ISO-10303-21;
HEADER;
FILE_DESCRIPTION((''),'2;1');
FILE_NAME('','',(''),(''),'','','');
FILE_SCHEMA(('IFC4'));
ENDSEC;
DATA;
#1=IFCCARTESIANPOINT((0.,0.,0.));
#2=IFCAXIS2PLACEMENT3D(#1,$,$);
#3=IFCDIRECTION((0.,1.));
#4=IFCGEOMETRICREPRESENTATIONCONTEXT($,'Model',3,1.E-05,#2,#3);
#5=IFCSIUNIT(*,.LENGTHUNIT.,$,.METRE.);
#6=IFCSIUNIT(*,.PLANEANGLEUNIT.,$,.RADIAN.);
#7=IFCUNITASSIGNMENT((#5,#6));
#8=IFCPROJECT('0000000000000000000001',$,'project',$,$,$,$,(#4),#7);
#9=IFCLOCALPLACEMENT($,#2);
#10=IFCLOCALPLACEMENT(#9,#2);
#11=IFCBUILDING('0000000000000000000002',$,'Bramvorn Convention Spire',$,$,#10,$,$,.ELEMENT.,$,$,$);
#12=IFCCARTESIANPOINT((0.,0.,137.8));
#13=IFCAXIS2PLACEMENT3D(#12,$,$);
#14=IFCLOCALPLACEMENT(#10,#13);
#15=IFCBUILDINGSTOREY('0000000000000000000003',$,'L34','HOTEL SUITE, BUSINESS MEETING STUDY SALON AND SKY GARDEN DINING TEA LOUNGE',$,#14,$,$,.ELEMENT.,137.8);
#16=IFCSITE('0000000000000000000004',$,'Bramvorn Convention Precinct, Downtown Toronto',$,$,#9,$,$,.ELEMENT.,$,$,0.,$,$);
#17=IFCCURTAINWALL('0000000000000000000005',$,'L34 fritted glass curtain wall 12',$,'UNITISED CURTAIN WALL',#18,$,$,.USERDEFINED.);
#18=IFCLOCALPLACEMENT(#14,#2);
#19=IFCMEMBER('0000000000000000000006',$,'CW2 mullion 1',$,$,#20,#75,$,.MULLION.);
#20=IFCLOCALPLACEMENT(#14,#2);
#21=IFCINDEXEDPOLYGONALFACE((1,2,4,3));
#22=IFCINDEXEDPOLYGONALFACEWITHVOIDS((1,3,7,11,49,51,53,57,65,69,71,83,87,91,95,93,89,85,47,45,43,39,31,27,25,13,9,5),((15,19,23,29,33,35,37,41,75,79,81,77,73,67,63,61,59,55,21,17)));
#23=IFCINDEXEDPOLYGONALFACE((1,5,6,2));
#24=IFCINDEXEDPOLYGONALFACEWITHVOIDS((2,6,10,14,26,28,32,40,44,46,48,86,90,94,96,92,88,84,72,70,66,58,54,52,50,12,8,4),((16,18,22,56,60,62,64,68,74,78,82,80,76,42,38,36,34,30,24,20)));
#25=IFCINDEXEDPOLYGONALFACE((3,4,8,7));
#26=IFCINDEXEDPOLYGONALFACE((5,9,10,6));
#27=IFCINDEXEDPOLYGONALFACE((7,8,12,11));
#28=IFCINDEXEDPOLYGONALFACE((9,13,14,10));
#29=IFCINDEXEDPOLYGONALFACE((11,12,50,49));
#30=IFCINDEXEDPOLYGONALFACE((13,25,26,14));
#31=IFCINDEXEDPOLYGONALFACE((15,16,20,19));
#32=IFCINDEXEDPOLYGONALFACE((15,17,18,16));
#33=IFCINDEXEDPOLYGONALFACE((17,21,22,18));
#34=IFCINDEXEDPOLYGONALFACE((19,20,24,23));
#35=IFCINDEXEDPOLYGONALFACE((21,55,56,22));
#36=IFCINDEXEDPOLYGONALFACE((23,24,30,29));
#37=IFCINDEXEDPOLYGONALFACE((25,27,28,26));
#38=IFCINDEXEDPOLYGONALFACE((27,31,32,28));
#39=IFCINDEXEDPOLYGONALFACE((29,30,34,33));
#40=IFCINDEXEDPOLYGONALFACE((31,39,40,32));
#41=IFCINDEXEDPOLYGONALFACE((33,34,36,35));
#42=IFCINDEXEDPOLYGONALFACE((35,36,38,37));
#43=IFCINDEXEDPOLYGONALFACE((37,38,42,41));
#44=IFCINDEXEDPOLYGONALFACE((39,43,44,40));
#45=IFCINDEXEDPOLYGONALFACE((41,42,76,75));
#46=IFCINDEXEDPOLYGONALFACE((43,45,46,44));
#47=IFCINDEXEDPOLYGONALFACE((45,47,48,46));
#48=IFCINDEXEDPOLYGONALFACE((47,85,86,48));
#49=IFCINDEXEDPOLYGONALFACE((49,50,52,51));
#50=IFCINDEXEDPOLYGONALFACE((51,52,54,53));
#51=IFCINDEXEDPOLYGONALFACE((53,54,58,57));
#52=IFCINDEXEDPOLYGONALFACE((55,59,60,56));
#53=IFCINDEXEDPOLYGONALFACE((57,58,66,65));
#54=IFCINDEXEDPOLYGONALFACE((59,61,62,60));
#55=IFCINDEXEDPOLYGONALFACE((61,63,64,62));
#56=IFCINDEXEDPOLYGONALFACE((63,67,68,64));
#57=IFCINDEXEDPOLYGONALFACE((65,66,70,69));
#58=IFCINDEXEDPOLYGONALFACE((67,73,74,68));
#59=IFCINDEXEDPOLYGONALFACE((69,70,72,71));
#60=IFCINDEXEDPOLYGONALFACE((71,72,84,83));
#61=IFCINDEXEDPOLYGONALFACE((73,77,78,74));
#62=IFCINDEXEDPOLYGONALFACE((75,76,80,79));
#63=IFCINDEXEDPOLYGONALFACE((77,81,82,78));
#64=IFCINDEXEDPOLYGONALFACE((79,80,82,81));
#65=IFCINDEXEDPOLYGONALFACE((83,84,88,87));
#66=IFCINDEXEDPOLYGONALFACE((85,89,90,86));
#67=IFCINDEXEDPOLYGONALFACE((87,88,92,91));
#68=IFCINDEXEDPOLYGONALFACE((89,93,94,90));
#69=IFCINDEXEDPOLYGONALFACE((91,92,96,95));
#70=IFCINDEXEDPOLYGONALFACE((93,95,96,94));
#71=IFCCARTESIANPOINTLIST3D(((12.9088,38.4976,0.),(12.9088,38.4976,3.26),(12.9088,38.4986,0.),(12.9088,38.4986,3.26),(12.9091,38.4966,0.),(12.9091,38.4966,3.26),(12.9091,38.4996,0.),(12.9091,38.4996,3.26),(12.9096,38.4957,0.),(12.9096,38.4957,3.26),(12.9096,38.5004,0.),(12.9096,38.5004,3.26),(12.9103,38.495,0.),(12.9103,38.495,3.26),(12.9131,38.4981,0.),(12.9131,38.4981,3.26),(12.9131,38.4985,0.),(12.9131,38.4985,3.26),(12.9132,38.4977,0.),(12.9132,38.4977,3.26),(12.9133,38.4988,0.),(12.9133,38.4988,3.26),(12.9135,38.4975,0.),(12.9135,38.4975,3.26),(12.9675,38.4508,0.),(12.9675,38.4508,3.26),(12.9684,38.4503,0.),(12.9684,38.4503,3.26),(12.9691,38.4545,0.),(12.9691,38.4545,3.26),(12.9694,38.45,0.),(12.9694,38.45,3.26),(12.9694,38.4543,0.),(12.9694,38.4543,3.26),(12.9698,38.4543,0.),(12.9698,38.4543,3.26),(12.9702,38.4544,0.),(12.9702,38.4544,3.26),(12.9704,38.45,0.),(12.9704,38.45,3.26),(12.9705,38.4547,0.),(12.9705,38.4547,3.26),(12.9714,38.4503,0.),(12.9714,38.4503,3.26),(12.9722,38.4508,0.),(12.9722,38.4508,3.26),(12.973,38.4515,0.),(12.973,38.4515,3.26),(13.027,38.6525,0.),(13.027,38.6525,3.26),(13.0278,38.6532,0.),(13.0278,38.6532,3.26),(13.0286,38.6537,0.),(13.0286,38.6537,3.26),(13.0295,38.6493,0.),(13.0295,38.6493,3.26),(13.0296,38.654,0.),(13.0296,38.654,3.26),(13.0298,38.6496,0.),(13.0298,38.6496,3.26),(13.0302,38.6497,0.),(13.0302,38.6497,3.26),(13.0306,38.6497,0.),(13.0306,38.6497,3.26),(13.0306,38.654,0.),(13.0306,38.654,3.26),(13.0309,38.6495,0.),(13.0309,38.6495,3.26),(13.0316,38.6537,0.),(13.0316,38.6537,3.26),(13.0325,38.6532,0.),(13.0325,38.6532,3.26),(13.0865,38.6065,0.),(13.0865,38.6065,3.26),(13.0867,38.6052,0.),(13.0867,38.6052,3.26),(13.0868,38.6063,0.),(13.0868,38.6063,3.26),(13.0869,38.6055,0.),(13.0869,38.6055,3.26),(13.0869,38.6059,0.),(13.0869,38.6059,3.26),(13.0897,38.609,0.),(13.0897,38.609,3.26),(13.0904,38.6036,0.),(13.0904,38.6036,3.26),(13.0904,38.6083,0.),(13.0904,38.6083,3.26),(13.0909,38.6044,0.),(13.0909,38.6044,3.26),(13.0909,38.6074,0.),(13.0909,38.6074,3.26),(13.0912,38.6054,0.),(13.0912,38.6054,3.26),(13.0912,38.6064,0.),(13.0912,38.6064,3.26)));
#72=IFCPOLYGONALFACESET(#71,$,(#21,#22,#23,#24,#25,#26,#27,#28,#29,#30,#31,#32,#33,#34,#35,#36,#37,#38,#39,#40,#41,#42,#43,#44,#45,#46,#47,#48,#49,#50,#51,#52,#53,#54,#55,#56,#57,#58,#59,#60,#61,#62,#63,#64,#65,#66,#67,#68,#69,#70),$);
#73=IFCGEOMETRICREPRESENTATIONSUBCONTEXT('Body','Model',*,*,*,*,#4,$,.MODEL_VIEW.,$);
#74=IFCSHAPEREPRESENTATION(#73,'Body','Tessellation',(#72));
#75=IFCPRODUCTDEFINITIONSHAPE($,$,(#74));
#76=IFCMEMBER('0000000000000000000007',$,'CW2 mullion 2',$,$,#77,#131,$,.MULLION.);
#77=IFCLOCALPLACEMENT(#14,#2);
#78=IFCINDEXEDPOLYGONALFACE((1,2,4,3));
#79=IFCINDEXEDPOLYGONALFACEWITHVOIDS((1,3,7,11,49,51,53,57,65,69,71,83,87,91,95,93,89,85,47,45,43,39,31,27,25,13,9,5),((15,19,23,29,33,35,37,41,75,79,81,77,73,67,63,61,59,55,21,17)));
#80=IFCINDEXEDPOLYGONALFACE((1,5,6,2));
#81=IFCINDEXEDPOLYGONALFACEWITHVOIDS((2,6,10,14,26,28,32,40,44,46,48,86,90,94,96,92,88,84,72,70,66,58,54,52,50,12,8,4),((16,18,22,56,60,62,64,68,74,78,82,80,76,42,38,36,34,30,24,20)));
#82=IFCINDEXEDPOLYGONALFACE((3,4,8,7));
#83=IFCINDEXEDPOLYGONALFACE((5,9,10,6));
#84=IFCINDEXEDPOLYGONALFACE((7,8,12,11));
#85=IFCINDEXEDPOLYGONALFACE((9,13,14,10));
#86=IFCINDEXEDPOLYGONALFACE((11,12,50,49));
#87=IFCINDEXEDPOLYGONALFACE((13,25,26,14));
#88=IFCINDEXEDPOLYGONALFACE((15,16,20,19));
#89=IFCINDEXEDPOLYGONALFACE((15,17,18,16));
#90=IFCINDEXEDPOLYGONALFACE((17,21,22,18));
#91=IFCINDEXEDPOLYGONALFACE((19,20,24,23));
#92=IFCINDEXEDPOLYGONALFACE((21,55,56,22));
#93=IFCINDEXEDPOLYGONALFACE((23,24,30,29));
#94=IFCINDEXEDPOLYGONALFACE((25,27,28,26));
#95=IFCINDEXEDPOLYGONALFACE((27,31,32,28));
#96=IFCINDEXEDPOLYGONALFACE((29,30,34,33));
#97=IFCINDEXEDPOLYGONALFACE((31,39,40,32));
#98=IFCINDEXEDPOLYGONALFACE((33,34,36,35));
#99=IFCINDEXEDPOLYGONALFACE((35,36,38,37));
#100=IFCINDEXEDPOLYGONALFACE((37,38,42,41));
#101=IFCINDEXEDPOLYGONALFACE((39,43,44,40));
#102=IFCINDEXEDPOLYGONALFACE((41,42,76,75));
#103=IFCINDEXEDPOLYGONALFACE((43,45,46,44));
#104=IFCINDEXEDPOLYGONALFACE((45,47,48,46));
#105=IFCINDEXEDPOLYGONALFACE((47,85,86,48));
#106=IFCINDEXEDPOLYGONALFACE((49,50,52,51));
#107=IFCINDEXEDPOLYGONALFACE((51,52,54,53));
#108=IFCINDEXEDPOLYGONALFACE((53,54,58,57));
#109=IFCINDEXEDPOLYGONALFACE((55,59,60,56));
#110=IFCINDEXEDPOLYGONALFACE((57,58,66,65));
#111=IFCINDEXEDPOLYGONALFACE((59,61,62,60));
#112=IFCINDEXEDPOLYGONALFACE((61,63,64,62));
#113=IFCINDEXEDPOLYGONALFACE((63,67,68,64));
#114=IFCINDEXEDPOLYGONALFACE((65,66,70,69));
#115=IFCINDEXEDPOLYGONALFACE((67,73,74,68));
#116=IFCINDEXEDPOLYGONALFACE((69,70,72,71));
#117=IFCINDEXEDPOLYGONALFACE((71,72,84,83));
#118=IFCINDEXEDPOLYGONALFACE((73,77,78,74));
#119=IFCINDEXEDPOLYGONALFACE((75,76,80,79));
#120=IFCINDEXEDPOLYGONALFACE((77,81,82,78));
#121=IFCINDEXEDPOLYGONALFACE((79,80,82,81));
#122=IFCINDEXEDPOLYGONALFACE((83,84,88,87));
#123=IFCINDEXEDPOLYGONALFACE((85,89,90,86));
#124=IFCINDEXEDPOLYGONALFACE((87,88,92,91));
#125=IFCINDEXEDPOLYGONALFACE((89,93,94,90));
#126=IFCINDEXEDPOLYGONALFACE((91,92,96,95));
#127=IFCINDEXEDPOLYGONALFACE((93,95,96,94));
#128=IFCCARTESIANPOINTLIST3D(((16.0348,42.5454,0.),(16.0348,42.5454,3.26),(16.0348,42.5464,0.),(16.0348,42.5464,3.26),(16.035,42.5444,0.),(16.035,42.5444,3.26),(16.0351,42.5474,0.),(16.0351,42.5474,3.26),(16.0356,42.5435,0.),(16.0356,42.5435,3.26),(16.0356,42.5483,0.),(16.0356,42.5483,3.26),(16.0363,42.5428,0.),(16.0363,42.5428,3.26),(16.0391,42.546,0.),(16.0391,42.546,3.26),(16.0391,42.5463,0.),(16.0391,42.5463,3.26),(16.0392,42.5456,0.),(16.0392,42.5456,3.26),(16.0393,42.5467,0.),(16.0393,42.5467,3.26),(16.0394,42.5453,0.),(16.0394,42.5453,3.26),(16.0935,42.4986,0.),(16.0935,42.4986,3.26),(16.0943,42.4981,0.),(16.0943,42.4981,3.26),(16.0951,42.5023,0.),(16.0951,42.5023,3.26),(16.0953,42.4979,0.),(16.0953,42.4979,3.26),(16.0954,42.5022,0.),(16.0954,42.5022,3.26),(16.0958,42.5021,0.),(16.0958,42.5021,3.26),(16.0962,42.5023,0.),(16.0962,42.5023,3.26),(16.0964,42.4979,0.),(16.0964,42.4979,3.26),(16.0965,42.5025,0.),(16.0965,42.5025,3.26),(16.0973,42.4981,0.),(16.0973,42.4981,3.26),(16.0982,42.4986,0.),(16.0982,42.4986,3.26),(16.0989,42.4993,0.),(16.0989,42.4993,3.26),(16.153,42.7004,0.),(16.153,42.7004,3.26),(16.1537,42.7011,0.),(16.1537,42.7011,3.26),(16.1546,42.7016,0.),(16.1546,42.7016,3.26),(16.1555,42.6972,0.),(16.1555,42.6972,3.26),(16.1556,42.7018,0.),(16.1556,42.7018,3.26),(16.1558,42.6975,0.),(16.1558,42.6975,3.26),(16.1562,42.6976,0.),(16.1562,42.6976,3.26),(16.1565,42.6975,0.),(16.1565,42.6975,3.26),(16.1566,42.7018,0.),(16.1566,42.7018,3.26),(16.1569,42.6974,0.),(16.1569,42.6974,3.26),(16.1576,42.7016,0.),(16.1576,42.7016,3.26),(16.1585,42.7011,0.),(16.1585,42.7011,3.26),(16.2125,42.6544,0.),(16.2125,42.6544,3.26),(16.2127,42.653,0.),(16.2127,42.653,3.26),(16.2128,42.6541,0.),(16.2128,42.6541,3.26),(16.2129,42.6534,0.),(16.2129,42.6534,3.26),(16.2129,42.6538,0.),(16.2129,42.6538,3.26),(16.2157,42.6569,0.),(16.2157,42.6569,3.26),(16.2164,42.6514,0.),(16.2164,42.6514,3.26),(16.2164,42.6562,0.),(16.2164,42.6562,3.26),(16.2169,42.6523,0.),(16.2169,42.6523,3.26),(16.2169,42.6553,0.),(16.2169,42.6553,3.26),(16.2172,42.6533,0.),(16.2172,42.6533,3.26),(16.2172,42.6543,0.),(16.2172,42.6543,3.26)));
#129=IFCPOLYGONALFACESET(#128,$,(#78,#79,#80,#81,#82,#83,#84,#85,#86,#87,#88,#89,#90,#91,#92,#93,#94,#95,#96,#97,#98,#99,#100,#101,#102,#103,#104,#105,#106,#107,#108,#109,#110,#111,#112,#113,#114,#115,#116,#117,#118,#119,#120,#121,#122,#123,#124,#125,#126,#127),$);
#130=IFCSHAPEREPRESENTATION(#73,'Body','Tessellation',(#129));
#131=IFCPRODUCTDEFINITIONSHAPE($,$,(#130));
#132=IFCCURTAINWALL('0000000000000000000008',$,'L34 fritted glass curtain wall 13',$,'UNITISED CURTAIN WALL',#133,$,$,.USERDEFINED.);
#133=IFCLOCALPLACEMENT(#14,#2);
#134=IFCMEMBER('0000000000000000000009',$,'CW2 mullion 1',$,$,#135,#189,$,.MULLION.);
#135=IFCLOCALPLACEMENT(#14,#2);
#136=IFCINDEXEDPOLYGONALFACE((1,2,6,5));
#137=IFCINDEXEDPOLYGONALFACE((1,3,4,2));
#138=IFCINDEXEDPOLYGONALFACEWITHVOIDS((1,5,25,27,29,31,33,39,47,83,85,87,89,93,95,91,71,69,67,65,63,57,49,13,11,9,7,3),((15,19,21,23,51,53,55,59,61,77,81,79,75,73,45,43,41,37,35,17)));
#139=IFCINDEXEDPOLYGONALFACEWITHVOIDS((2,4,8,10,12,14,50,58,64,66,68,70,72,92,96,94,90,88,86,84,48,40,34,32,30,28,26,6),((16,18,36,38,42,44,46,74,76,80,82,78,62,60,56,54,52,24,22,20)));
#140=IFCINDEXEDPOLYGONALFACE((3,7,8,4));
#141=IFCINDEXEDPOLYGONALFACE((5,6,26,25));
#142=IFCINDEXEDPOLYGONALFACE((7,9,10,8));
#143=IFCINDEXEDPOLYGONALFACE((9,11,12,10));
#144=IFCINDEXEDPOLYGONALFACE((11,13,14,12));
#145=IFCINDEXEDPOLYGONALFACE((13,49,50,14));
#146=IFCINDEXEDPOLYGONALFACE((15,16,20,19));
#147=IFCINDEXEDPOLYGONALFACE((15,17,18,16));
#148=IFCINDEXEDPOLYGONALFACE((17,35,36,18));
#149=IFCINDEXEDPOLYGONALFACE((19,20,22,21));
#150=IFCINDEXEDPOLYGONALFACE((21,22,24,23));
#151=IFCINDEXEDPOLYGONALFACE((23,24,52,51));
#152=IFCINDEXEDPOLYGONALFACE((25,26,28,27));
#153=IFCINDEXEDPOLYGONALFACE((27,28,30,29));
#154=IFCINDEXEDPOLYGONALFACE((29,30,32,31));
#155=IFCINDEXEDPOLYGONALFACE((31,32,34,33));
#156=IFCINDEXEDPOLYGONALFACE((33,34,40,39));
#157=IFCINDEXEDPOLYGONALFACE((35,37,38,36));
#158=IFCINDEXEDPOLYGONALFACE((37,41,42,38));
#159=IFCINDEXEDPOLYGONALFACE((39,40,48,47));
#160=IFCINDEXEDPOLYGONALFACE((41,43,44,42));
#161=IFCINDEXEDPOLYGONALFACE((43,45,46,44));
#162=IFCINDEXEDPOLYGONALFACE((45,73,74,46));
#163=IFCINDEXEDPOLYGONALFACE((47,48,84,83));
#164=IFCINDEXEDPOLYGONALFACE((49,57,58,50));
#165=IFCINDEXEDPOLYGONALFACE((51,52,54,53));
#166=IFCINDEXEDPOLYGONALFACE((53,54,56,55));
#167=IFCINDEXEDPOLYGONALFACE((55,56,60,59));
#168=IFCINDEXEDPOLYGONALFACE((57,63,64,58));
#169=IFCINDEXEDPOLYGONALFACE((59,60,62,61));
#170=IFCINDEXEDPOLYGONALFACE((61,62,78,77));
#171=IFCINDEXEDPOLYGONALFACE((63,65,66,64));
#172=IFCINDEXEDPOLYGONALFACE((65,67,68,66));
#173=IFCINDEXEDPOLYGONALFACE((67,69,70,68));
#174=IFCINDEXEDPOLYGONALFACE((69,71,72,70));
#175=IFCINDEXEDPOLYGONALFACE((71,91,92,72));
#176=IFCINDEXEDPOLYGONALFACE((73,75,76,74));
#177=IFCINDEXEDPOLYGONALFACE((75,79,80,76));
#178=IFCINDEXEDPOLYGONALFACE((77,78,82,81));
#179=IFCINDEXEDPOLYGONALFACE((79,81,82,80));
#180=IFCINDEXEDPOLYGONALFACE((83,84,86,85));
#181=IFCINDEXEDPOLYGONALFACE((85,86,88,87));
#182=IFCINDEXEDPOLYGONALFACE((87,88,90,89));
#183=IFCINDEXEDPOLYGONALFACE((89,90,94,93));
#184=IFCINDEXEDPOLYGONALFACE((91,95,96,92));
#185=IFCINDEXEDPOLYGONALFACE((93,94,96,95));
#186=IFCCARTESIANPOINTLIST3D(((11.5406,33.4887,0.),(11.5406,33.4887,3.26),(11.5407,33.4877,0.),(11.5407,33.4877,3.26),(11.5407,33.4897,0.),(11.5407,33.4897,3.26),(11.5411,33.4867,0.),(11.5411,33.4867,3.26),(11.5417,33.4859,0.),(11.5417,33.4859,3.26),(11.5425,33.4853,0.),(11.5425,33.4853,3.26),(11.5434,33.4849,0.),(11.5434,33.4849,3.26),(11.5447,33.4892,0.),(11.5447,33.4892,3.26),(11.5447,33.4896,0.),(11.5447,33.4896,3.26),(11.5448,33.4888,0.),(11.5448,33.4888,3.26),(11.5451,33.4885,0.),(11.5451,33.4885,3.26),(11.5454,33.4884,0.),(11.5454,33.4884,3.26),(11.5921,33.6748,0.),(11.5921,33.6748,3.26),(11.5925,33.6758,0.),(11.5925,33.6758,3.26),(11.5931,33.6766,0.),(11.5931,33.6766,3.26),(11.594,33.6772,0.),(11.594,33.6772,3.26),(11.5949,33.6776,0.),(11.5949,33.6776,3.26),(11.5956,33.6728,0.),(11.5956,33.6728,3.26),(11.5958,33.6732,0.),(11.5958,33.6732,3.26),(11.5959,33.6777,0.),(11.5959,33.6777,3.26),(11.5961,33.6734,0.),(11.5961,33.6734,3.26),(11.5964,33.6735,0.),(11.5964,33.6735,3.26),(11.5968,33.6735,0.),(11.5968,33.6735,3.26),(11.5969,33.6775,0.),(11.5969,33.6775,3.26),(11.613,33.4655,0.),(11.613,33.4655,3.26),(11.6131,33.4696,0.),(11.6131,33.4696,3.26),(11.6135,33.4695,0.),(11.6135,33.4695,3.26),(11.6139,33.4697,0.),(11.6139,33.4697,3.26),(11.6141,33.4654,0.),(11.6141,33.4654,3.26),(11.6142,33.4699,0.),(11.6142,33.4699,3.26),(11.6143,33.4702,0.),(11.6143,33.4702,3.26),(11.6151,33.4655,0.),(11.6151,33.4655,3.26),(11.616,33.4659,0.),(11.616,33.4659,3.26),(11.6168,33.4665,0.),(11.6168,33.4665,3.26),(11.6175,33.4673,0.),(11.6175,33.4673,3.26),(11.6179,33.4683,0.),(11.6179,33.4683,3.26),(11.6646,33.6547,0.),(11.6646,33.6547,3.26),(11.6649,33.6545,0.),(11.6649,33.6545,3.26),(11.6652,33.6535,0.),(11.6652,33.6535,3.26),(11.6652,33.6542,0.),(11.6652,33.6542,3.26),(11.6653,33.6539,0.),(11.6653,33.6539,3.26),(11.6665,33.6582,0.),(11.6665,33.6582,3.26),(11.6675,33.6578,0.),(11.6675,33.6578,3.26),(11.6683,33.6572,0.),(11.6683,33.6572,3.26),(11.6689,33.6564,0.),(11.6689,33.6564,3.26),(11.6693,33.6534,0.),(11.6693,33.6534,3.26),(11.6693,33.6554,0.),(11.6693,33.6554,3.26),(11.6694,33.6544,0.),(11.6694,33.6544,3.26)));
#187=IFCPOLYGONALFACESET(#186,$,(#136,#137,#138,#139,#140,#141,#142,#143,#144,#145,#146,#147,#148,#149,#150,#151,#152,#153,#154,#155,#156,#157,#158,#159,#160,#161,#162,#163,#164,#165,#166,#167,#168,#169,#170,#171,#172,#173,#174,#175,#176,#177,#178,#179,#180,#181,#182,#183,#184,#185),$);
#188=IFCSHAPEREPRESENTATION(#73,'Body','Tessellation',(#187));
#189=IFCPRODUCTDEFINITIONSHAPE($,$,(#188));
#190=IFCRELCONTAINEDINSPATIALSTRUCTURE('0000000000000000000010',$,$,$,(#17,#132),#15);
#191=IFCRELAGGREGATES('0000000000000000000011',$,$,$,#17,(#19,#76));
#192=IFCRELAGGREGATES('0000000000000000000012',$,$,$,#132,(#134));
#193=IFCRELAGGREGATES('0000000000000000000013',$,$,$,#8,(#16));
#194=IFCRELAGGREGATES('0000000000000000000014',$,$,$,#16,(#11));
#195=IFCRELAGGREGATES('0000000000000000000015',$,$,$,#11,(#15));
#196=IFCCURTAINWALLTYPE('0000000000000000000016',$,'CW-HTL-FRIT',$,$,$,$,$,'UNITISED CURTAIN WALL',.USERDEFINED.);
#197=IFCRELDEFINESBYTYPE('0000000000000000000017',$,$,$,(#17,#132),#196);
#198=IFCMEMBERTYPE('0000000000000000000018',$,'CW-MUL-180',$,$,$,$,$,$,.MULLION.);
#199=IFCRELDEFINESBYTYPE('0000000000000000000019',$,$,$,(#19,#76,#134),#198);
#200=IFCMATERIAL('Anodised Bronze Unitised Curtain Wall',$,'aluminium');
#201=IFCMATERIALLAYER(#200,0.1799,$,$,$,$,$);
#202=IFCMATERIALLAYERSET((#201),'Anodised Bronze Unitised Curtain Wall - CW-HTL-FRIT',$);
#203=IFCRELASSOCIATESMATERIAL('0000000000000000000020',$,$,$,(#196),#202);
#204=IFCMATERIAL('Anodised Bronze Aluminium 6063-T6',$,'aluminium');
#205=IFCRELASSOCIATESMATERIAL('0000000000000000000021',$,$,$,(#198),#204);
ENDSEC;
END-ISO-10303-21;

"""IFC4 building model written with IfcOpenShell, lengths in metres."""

from ifc_helpers import new_model, si_unit, direction, frame, origin, origin_2d, place, context, subcontext, project, spatial, hollow_rectangle, extrude, material, layer, layer_set, material_profile, profile_set, type_object, element, aggregate, save


model = new_model("IFC4")

# Units and contexts
model_context = context("Model", 3, precision=1e-05, world=origin(), true_north=direction((0.0, 1.0)))
body_context = subcontext(model_context, "Body", "Model", "MODEL_VIEW")
ifc_project = project(units=[si_unit("LENGTHUNIT", "METRE"), si_unit("PLANEANGLEUNIT", "RADIAN")], contexts=[model_context])

# Site, building, storey
site_placement = place(None, origin())
site = spatial("IfcSite", under=ifc_project, at=site_placement, Name="Bramvorn Convention Precinct, Downtown Toronto", CompositionType="ELEMENT", RefElevation=0.0)
building_placement = place(site_placement, origin())
building = spatial("IfcBuilding", under=site, at=building_placement, Name="Bramvorn Convention Spire", CompositionType="ELEMENT")
storey_placement = place(building_placement, frame((0.0, 0.0, 137.8)))
storey = spatial("IfcBuildingStorey", under=building, at=storey_placement, Name="L34", Description="HOTEL SUITE, BUSINESS MEETING STUDY SALON AND SKY GARDEN DINING TEA LOUNGE", CompositionType="ELEMENT", Elevation=137.8)

# Curtain walls, members
ifc_material_1 = material(Name="Anodised Bronze Unitised Curtain Wall", Category="aluminium")
ifc_layer_1 = layer(ifc_material_1, 0.1799)
ifc_layer_set_1 = layer_set([ifc_layer_1], Name="Anodised Bronze Unitised Curtain Wall - CW-HTL-FRIT")
curtain_wall_type_1 = type_object("IfcCurtainWallType", Name="CW-HTL-FRIT", ElementType="UNITISED CURTAIN WALL", PredefinedType="USERDEFINED", material=ifc_layer_set_1)
curtain_wall_1_placement = place(storey_placement, origin())
curtain_wall_1 = element("IfcCurtainWall", 1, at=curtain_wall_1_placement, inside=storey, type_object=curtain_wall_type_1, Name="L34 fritted glass curtain wall 12", ObjectType="UNITISED CURTAIN WALL", PredefinedType="USERDEFINED")
ifc_material_2 = material(Name="Anodised Bronze Aluminium 6063-T6", Category="aluminium")
ifc_material_profile_1 = material_profile(ifc_material_2, hollow_rectangle(XDim=0.0801, YDim=0.2, WallThickness=0.0039, InnerFilletRadius=0.001, OuterFilletRadius=0.0039, at=origin_2d()))
ifc_profile_set_1 = profile_set([ifc_material_profile_1], Name="Anodised Bronze Aluminium 6063-T6 - CWM80X200")
member_type_1 = type_object("IfcMemberType", Name="CW-MUL-180", PredefinedType="MULLION", material=ifc_profile_set_1)
member_1_placement = place(storey_placement, frame((13.0, 38.552, 0.0), z_axis=(0.0, 0.0, 1.0), x_axis=(-0.791451, 0.611233, 0.0)))
member_1 = element("IfcMember", 2, at=member_1_placement, type_object=member_type_1, Name="CW2 mullion 1", PredefinedType="MULLION", context=body_context, shape_type="SweptSolid", body=[
    extrude(hollow_rectangle(XDim=0.0801, YDim=0.2, WallThickness=0.0039, InnerFilletRadius=0.001, OuterFilletRadius=0.0039, at=origin_2d()), origin(), (0.0, 0.0, 1.0), 3.26),
])
member_2_placement = place(storey_placement, frame((16.126, 42.5999, 0.0), z_axis=(0.0, 0.0, 1.0), x_axis=(-0.791451, 0.611233, 0.0)))
member_2 = element("IfcMember", 3, at=member_2_placement, type_object=member_type_1, Name="CW2 mullion 2", PredefinedType="MULLION", context=body_context, shape_type="SweptSolid", body=[
    extrude(hollow_rectangle(XDim=0.0801, YDim=0.2, WallThickness=0.0039, InnerFilletRadius=0.001, OuterFilletRadius=0.0039, at=origin_2d()), origin(), (0.0, 0.0, 1.0), 3.26),
])
curtain_wall_2_placement = place(storey_placement, origin())
curtain_wall_2 = element("IfcCurtainWall", 4, at=curtain_wall_2_placement, inside=storey, type_object=curtain_wall_type_1, Name="L34 fritted glass curtain wall 13", ObjectType="UNITISED CURTAIN WALL", PredefinedType="USERDEFINED")
member_3_placement = place(storey_placement, frame((11.605, 33.5715, 0.0), z_axis=(0.0, 0.0, 1.0), x_axis=(-0.963527, 0.26761, 0.0)))
member_3 = element("IfcMember", 5, at=member_3_placement, type_object=member_type_1, Name="CW2 mullion 1", PredefinedType="MULLION", context=body_context, shape_type="SweptSolid", body=[
    extrude(hollow_rectangle(XDim=0.0801, YDim=0.2, WallThickness=0.0039, InnerFilletRadius=0.001, OuterFilletRadius=0.0039, at=origin_2d()), origin(), (0.0, 0.0, 1.0), 3.26),
])

aggregate(curtain_wall_1, [member_1, member_2])
aggregate(curtain_wall_2, [member_3])

save(model, "model.ifc")
